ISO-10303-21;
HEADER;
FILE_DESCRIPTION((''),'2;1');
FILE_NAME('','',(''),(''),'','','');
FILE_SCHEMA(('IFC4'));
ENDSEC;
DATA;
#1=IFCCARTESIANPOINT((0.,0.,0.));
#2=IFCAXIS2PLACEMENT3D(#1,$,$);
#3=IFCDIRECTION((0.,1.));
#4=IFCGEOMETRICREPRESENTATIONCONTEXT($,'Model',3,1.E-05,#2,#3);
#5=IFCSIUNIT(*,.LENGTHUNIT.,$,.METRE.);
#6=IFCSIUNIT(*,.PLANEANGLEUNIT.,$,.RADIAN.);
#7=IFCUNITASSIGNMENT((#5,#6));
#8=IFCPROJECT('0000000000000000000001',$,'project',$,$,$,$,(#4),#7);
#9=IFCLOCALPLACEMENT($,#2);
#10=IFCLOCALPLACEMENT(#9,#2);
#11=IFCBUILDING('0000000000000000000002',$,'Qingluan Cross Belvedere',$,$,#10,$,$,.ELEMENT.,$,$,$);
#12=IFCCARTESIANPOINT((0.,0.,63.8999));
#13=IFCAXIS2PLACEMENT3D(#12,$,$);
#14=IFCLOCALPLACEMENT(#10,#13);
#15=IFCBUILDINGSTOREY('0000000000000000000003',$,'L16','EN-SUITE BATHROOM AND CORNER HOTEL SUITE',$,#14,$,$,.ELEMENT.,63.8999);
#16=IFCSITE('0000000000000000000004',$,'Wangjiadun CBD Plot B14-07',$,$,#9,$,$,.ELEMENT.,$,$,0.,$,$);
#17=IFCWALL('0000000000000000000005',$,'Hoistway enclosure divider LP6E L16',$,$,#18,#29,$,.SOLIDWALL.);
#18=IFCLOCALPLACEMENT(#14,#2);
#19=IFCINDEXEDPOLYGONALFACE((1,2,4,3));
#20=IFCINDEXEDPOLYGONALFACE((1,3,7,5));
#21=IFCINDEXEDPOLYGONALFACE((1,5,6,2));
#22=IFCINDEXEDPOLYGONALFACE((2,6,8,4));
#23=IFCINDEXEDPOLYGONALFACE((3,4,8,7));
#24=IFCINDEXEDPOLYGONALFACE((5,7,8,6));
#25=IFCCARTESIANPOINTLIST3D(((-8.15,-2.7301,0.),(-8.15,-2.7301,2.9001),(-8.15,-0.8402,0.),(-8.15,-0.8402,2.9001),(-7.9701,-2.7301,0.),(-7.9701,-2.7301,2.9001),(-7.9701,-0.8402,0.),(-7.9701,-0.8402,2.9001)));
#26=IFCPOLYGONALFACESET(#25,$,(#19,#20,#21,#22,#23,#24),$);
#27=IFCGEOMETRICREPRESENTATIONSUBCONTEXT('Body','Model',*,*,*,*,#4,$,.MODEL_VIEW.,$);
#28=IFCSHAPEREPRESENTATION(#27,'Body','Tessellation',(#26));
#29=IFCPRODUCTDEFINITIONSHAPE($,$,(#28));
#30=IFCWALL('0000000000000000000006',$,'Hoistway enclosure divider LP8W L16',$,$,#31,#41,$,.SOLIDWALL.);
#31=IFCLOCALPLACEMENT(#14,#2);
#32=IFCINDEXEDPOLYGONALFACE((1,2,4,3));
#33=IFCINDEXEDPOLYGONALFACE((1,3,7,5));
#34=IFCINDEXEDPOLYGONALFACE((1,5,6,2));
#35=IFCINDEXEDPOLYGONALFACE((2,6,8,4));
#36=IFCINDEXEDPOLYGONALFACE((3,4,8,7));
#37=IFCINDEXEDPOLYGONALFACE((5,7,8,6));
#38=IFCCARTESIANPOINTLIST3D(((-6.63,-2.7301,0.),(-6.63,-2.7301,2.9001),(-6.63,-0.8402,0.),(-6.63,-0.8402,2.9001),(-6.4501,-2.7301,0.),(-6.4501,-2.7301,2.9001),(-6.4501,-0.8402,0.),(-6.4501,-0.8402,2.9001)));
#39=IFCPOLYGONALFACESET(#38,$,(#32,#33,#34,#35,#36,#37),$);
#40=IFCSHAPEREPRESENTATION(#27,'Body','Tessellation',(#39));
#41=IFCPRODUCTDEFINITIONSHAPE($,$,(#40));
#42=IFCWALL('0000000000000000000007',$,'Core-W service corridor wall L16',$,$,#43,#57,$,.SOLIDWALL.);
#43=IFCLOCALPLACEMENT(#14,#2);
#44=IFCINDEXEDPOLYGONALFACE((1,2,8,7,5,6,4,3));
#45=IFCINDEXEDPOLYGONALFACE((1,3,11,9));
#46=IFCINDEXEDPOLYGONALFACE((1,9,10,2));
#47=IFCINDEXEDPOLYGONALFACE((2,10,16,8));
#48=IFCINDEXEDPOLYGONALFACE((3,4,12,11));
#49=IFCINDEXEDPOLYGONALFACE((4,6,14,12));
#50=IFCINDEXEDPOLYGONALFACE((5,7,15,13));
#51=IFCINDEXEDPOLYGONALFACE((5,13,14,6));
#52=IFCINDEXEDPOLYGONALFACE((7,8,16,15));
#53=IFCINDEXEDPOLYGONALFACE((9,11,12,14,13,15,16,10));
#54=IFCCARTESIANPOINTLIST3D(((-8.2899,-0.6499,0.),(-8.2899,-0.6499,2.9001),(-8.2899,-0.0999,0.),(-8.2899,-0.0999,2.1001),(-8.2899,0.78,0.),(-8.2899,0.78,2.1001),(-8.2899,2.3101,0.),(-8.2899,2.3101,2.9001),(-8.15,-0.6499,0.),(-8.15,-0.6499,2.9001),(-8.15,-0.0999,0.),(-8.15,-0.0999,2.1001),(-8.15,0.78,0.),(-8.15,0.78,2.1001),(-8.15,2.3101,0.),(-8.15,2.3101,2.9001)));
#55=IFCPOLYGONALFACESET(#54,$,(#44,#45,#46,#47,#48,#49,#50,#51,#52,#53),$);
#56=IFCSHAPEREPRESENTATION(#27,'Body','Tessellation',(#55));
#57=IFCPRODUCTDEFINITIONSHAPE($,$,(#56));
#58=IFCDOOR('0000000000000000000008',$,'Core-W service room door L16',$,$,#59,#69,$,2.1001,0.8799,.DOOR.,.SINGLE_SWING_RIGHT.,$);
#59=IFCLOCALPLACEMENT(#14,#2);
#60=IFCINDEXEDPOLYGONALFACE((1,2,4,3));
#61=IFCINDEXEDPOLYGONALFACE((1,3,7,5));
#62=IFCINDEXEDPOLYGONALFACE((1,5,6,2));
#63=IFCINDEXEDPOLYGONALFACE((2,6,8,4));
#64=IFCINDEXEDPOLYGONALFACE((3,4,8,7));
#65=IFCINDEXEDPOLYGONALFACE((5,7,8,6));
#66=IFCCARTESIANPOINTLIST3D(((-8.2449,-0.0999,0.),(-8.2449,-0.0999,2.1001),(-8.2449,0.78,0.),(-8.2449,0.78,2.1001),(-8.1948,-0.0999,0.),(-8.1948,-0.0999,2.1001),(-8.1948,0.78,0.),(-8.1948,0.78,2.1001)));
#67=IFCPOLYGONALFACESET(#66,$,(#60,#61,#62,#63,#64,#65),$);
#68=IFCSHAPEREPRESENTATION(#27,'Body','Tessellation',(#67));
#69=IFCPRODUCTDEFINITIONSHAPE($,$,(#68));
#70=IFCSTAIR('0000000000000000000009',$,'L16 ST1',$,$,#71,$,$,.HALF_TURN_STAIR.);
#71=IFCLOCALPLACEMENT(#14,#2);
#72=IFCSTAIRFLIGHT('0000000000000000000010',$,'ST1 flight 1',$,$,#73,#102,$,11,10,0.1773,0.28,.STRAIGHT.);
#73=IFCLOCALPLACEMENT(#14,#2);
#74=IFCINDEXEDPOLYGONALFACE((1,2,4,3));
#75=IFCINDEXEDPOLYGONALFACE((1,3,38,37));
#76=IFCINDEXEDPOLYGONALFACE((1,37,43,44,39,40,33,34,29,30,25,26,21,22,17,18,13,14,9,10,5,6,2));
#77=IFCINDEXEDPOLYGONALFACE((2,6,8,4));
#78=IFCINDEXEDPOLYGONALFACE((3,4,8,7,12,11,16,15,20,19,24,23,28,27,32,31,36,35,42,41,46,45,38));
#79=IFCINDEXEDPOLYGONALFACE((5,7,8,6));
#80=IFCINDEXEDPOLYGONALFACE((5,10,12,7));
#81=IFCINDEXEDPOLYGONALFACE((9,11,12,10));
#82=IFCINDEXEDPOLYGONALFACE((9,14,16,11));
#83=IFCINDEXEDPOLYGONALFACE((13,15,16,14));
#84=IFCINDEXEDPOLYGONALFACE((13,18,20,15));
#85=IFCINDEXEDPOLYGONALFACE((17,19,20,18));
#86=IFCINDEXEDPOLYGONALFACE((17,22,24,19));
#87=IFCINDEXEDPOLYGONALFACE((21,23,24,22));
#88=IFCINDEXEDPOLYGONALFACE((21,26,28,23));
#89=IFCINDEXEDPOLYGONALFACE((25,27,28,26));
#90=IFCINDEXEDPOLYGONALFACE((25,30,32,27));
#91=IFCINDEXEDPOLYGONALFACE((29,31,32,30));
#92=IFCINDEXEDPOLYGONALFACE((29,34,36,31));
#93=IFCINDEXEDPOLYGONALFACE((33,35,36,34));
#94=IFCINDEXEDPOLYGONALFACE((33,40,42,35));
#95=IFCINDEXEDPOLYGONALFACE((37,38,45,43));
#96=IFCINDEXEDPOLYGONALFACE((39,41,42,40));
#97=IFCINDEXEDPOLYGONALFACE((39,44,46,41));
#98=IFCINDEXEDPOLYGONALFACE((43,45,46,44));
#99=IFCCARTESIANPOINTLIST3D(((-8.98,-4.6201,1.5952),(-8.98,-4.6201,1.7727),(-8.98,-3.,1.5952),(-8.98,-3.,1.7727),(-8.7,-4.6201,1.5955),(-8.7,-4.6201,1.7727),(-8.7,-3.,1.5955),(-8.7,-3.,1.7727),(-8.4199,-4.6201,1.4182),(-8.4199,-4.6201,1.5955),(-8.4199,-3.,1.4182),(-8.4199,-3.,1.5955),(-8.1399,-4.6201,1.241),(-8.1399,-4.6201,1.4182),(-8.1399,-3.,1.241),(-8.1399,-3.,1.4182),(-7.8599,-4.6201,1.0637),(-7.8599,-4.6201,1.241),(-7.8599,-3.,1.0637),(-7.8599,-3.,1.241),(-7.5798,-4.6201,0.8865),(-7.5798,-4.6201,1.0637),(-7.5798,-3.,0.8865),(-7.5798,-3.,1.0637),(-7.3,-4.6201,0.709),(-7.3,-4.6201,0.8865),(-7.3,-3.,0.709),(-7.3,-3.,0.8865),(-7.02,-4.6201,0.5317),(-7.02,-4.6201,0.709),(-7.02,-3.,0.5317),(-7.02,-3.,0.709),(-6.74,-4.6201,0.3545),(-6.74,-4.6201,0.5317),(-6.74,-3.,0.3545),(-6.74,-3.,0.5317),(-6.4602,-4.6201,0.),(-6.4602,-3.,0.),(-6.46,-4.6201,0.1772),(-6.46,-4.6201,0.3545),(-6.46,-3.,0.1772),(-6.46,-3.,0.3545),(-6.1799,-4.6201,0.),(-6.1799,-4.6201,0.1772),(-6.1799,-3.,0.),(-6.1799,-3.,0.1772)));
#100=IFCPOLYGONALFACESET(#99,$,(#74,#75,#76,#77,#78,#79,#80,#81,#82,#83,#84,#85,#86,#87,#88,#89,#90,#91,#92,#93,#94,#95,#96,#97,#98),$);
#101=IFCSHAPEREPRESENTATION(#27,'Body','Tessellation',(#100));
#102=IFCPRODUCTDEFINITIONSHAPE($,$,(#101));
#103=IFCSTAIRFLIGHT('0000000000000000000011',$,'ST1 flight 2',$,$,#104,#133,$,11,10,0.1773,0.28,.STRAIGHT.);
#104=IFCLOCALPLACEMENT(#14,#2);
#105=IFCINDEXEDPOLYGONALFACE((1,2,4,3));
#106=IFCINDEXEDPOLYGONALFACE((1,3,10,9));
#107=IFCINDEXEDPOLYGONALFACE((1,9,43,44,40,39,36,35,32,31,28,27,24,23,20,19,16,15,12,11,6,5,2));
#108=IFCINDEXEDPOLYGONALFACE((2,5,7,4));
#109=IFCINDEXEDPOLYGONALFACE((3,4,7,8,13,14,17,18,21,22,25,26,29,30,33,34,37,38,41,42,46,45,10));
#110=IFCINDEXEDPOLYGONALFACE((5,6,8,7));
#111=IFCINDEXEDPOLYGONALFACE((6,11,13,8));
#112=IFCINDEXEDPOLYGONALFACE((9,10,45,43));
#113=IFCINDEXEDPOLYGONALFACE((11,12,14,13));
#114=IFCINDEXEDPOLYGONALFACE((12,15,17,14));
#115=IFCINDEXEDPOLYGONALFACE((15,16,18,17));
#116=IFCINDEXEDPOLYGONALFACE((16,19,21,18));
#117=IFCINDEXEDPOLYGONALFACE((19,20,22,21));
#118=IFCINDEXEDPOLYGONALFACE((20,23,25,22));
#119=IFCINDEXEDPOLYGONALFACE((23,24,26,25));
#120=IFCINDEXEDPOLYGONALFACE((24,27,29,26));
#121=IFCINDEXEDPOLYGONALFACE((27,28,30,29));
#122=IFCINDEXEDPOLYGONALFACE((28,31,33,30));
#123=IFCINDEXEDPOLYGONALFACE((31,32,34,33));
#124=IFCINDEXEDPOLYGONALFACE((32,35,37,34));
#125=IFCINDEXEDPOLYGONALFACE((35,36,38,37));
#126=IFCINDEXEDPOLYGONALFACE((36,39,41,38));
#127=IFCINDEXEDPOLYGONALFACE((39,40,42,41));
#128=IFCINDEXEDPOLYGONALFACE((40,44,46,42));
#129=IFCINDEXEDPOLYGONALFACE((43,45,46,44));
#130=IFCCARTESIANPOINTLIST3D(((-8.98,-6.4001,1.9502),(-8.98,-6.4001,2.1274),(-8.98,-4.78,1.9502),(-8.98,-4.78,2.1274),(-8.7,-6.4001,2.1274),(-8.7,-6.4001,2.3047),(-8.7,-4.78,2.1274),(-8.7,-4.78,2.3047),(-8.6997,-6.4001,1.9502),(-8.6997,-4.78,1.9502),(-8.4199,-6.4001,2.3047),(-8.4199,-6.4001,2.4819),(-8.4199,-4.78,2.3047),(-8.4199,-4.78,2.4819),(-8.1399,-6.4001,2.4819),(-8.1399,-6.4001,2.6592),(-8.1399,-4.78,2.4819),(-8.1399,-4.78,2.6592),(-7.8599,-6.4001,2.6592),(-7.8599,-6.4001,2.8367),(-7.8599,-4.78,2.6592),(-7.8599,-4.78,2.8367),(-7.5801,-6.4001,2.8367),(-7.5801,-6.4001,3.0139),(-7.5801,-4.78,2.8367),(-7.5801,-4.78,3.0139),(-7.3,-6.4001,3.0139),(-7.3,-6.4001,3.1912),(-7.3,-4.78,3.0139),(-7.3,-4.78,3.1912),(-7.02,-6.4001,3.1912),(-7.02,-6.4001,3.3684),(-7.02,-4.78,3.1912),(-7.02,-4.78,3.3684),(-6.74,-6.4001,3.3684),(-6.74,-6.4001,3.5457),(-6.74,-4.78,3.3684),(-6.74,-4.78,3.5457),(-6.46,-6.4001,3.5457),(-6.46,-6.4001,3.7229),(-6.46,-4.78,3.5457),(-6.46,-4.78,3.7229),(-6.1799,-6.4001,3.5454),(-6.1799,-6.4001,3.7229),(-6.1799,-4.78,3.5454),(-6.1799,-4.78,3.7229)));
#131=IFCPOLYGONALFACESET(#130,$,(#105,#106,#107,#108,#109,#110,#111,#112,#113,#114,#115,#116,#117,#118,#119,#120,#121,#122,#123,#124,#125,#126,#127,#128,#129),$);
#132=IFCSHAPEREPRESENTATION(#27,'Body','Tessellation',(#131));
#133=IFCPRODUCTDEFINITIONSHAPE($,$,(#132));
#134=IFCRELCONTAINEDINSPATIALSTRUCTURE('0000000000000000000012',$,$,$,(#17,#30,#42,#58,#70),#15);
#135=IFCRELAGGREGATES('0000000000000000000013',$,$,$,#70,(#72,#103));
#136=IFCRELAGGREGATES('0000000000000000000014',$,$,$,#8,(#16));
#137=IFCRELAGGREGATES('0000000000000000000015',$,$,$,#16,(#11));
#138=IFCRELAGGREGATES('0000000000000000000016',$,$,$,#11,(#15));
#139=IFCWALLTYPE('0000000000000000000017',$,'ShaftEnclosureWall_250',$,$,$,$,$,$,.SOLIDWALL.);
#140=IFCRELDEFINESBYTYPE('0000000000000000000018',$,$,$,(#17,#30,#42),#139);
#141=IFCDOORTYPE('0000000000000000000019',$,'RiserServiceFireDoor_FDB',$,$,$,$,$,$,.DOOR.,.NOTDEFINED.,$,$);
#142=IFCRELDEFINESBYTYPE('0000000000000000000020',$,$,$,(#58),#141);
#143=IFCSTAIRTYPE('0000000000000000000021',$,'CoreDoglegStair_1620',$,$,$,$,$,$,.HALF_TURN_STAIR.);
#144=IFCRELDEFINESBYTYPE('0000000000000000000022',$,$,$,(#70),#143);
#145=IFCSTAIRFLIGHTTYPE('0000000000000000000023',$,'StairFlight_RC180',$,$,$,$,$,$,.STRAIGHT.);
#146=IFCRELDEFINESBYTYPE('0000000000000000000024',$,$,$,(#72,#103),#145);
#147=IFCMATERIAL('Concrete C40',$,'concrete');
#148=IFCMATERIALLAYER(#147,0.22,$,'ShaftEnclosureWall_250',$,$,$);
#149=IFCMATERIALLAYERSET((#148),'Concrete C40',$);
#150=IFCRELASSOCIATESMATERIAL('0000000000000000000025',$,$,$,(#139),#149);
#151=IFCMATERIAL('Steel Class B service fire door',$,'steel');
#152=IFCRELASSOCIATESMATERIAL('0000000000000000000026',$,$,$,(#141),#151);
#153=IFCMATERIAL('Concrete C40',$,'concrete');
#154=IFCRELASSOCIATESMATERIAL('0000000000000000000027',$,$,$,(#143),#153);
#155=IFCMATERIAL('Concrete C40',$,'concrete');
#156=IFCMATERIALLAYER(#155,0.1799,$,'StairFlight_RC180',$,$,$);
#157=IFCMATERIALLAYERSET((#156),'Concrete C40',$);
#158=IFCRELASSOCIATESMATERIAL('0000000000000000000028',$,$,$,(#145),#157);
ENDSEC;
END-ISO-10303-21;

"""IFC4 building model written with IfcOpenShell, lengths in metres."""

from ifc_helpers import new_model, si_unit, direction, frame, frame_2d, origin, place, context, subcontext, project, spatial, polyline, rectangle, outline, extrude, material, layer, layer_set, type_object, element, fill, aggregate, save


model = new_model("IFC4")

# Units and contexts
model_context = context("Model", 3, precision=1e-05, world=origin(), true_north=direction((0.0, 1.0)))
body_context = subcontext(model_context, "Body", "Model", "MODEL_VIEW")
ifc_project = project(units=[si_unit("LENGTHUNIT", "METRE"), si_unit("PLANEANGLEUNIT", "RADIAN")], contexts=[model_context])

# Site, building, storey
site_placement = place(None, origin())
site = spatial("IfcSite", under=ifc_project, at=site_placement, Name="Wangjiadun CBD Plot B14-07", CompositionType="ELEMENT", RefElevation=0.0)
building_placement = place(site_placement, origin())
building = spatial("IfcBuilding", under=site, at=building_placement, Name="Qingluan Cross Belvedere", CompositionType="ELEMENT")
storey_placement = place(building_placement, frame((0.0, 0.0, 63.8999)))
storey = spatial("IfcBuildingStorey", under=building, at=storey_placement, Name="L16", Description="EN-SUITE BATHROOM AND CORNER HOTEL SUITE", CompositionType="ELEMENT", Elevation=63.8999)

# Walls
ifc_material_1 = material(Name="Concrete C40", Category="concrete")
ifc_layer_1 = layer(ifc_material_1, 0.22, Name="ShaftEnclosureWall_250")
ifc_layer_set_1 = layer_set([ifc_layer_1], Name="Concrete C40")
wall_type_1 = type_object("IfcWallType", Name="ShaftEnclosureWall_250", PredefinedType="SOLIDWALL", material=ifc_layer_set_1)
for number, where, z_axis, x_axis, name in (
    (1, (-8.0601, -2.73, 0.0), (0.0, 0.0, 1.0), (0.0, 1.0, 0.0), "Hoistway enclosure divider LP6E L16"),
    (2, (-6.54, -2.73, 0.0), (0.0, 0.0, 1.0), (0.0, 1.0, 0.0), "Hoistway enclosure divider LP8W L16"),
):
    element("IfcWall", number, at=place(storey_placement, frame(where, z_axis=z_axis, x_axis=x_axis)), inside=storey, type_object=wall_type_1, Name=name, PredefinedType="SOLIDWALL", context=body_context, shape_type="SweptSolid", body=[
        extrude(rectangle(XDim=1.8899, YDim=0.1799, at=frame_2d((0.9448, 0.0))), origin(), (0.0, 0.0, 1.0), 2.9001),
    ])

# Wall, opening, door
wall_1_placement = place(storey_placement, frame((-8.22, -0.6499, 0.0), z_axis=(0.0, 0.0, 1.0), x_axis=(0.0, 1.0, 0.0)))
wall_1 = element("IfcWall", 3, at=wall_1_placement, inside=storey, type_object=wall_type_1, Name="Core-W service corridor wall L16", PredefinedType="SOLIDWALL", context=body_context, shape_type="SweptSolid", body=[
    extrude(rectangle(XDim=2.96, YDim=0.1399, at=frame_2d((1.48, 0.0))), origin(), (0.0, 0.0, 1.0), 2.9001),
])
opening_1_placement = place(wall_1_placement, frame((0.55, 0.0, 0.0)))
opening_1 = element("IfcOpeningElement", 4, at=opening_1_placement, cuts=wall_1, PredefinedType="OPENING", context=body_context, shape_type="SweptSolid", body=[
    extrude(rectangle(XDim=0.8799, YDim=2.1001, at=frame_2d((0.4399, 1.05))), frame((0.0, 0.0798, 0.0), z_axis=(0.0, -1.0, 0.0), x_axis=(1.0, 0.0, 0.0)), (0.0, 0.0, 1.0), 0.1599),
])
ifc_material_2 = material(Name="Steel Class B service fire door", Category="steel")
door_type_1 = type_object("IfcDoorType", Name="RiserServiceFireDoor_FDB", OperationType="NOTDEFINED", PredefinedType="DOOR", material=ifc_material_2)
door_1_placement = place(opening_1_placement, origin())
door_1 = element("IfcDoor", 5, at=door_1_placement, inside=storey, type_object=door_type_1, Name="Core-W service room door L16", OperationType="SINGLE_SWING_RIGHT", OverallHeight=2.1001, OverallWidth=0.8799, PredefinedType="DOOR", context=body_context, shape_type="SweptSolid", body=[
    extrude(rectangle(XDim=0.8799, YDim=2.1001, at=frame_2d((0.4399, 1.05))), frame((0.0, 0.0249, 0.0), z_axis=(0.0, -1.0, 0.0), x_axis=(1.0, 0.0, 0.0)), (0.0, 0.0, 1.0), 0.05),
])
fill(opening_1, door_1)

# Stair, stair flights
ifc_material_3 = material(Name="Concrete C40", Category="concrete")
stair_type = type_object("IfcStairType", Name="CoreDoglegStair_1620", PredefinedType="HALF_TURN_STAIR", material=ifc_material_3)
stair_placement = place(storey_placement, origin())
stair = element("IfcStair", 6, at=stair_placement, inside=storey, type_object=stair_type, Name="L16 ST1", PredefinedType="HALF_TURN_STAIR")
ifc_material_4 = material(Name="Concrete C40", Category="concrete")
ifc_layer_2 = layer(ifc_material_4, 0.1799, Name="StairFlight_RC180")
ifc_layer_set_2 = layer_set([ifc_layer_2], Name="Concrete C40")
stair_flight_type = type_object("IfcStairFlightType", Name="StairFlight_RC180", PredefinedType="STRAIGHT", material=ifc_layer_set_2)
stair_flight_1_placement = place(storey_placement, frame((-6.1799, -3.8101, 0.0), z_axis=(0.0, 0.0, 1.0), x_axis=(-1.0, 0.0, 0.0)))
stair_flight_1 = element("IfcStairFlight", 7, at=stair_flight_1_placement, type_object=stair_flight_type, Name="ST1 flight 1", NumberOfRisers=11, NumberOfTreads=10, PredefinedType="STRAIGHT", RiserHeight=0.1773, TreadLength=0.28, context=body_context, shape_type="SweptSolid", body=[
    extrude(outline(polyline([(0.0, 0.0), (0.0, 0.1772), (0.28, 0.1772), (0.28, 0.3545), (0.5601, 0.3545), (0.5601, 0.5317), (0.8401, 0.5317), (0.8401, 0.709), (1.1201, 0.709), (1.1201, 0.8865), (1.3999, 0.8865), (1.3999, 1.0637), (1.6799, 1.0637), (1.6799, 1.241), (1.96, 1.241), (1.96, 1.4182), (2.24, 1.4182), (2.24, 1.5955), (2.52, 1.5955), (2.52, 1.7727), (2.8, 1.7727), (2.8, 1.95), (2.8, 1.5952), (0.2803, 0.0), (0.0, 0.0)])), frame((0.0, 0.8101, 0.0), z_axis=(0.0, -1.0, 0.0), x_axis=(1.0, 0.0, 0.0)), (0.0, 0.0, 1.0), 1.6201),
])
stair_flight_2_placement = place(storey_placement, frame((-8.98, -5.5901, 1.9502), z_axis=(0.0, 0.0, 1.0), x_axis=(1.0, 0.0, 0.0)))
stair_flight_2 = element("IfcStairFlight", 8, at=stair_flight_2_placement, type_object=stair_flight_type, Name="ST1 flight 2", NumberOfRisers=11, NumberOfTreads=10, PredefinedType="STRAIGHT", RiserHeight=0.1773, TreadLength=0.28, context=body_context, shape_type="SweptSolid", body=[
    extrude(outline(polyline([(0.0, 0.0), (0.0, 0.1772), (0.28, 0.1772), (0.28, 0.3545), (0.5601, 0.3545), (0.5601, 0.5317), (0.8401, 0.5317), (0.8401, 0.709), (1.1201, 0.709), (1.1201, 0.8865), (1.3999, 0.8865), (1.3999, 1.0637), (1.6799, 1.0637), (1.6799, 1.241), (1.96, 1.241), (1.96, 1.4182), (2.24, 1.4182), (2.24, 1.5955), (2.52, 1.5955), (2.52, 1.7727), (2.8, 1.7727), (2.8, 1.95), (2.8, 1.5952), (0.2803, 0.0), (0.0, 0.0)])), frame((0.0, 0.8101, 0.0), z_axis=(0.0, -1.0, 0.0), x_axis=(1.0, 0.0, 0.0)), (0.0, 0.0, 1.0), 1.6201),
])
aggregate(stair, [stair_flight_1, stair_flight_2])

save(model, "model.ifc")
